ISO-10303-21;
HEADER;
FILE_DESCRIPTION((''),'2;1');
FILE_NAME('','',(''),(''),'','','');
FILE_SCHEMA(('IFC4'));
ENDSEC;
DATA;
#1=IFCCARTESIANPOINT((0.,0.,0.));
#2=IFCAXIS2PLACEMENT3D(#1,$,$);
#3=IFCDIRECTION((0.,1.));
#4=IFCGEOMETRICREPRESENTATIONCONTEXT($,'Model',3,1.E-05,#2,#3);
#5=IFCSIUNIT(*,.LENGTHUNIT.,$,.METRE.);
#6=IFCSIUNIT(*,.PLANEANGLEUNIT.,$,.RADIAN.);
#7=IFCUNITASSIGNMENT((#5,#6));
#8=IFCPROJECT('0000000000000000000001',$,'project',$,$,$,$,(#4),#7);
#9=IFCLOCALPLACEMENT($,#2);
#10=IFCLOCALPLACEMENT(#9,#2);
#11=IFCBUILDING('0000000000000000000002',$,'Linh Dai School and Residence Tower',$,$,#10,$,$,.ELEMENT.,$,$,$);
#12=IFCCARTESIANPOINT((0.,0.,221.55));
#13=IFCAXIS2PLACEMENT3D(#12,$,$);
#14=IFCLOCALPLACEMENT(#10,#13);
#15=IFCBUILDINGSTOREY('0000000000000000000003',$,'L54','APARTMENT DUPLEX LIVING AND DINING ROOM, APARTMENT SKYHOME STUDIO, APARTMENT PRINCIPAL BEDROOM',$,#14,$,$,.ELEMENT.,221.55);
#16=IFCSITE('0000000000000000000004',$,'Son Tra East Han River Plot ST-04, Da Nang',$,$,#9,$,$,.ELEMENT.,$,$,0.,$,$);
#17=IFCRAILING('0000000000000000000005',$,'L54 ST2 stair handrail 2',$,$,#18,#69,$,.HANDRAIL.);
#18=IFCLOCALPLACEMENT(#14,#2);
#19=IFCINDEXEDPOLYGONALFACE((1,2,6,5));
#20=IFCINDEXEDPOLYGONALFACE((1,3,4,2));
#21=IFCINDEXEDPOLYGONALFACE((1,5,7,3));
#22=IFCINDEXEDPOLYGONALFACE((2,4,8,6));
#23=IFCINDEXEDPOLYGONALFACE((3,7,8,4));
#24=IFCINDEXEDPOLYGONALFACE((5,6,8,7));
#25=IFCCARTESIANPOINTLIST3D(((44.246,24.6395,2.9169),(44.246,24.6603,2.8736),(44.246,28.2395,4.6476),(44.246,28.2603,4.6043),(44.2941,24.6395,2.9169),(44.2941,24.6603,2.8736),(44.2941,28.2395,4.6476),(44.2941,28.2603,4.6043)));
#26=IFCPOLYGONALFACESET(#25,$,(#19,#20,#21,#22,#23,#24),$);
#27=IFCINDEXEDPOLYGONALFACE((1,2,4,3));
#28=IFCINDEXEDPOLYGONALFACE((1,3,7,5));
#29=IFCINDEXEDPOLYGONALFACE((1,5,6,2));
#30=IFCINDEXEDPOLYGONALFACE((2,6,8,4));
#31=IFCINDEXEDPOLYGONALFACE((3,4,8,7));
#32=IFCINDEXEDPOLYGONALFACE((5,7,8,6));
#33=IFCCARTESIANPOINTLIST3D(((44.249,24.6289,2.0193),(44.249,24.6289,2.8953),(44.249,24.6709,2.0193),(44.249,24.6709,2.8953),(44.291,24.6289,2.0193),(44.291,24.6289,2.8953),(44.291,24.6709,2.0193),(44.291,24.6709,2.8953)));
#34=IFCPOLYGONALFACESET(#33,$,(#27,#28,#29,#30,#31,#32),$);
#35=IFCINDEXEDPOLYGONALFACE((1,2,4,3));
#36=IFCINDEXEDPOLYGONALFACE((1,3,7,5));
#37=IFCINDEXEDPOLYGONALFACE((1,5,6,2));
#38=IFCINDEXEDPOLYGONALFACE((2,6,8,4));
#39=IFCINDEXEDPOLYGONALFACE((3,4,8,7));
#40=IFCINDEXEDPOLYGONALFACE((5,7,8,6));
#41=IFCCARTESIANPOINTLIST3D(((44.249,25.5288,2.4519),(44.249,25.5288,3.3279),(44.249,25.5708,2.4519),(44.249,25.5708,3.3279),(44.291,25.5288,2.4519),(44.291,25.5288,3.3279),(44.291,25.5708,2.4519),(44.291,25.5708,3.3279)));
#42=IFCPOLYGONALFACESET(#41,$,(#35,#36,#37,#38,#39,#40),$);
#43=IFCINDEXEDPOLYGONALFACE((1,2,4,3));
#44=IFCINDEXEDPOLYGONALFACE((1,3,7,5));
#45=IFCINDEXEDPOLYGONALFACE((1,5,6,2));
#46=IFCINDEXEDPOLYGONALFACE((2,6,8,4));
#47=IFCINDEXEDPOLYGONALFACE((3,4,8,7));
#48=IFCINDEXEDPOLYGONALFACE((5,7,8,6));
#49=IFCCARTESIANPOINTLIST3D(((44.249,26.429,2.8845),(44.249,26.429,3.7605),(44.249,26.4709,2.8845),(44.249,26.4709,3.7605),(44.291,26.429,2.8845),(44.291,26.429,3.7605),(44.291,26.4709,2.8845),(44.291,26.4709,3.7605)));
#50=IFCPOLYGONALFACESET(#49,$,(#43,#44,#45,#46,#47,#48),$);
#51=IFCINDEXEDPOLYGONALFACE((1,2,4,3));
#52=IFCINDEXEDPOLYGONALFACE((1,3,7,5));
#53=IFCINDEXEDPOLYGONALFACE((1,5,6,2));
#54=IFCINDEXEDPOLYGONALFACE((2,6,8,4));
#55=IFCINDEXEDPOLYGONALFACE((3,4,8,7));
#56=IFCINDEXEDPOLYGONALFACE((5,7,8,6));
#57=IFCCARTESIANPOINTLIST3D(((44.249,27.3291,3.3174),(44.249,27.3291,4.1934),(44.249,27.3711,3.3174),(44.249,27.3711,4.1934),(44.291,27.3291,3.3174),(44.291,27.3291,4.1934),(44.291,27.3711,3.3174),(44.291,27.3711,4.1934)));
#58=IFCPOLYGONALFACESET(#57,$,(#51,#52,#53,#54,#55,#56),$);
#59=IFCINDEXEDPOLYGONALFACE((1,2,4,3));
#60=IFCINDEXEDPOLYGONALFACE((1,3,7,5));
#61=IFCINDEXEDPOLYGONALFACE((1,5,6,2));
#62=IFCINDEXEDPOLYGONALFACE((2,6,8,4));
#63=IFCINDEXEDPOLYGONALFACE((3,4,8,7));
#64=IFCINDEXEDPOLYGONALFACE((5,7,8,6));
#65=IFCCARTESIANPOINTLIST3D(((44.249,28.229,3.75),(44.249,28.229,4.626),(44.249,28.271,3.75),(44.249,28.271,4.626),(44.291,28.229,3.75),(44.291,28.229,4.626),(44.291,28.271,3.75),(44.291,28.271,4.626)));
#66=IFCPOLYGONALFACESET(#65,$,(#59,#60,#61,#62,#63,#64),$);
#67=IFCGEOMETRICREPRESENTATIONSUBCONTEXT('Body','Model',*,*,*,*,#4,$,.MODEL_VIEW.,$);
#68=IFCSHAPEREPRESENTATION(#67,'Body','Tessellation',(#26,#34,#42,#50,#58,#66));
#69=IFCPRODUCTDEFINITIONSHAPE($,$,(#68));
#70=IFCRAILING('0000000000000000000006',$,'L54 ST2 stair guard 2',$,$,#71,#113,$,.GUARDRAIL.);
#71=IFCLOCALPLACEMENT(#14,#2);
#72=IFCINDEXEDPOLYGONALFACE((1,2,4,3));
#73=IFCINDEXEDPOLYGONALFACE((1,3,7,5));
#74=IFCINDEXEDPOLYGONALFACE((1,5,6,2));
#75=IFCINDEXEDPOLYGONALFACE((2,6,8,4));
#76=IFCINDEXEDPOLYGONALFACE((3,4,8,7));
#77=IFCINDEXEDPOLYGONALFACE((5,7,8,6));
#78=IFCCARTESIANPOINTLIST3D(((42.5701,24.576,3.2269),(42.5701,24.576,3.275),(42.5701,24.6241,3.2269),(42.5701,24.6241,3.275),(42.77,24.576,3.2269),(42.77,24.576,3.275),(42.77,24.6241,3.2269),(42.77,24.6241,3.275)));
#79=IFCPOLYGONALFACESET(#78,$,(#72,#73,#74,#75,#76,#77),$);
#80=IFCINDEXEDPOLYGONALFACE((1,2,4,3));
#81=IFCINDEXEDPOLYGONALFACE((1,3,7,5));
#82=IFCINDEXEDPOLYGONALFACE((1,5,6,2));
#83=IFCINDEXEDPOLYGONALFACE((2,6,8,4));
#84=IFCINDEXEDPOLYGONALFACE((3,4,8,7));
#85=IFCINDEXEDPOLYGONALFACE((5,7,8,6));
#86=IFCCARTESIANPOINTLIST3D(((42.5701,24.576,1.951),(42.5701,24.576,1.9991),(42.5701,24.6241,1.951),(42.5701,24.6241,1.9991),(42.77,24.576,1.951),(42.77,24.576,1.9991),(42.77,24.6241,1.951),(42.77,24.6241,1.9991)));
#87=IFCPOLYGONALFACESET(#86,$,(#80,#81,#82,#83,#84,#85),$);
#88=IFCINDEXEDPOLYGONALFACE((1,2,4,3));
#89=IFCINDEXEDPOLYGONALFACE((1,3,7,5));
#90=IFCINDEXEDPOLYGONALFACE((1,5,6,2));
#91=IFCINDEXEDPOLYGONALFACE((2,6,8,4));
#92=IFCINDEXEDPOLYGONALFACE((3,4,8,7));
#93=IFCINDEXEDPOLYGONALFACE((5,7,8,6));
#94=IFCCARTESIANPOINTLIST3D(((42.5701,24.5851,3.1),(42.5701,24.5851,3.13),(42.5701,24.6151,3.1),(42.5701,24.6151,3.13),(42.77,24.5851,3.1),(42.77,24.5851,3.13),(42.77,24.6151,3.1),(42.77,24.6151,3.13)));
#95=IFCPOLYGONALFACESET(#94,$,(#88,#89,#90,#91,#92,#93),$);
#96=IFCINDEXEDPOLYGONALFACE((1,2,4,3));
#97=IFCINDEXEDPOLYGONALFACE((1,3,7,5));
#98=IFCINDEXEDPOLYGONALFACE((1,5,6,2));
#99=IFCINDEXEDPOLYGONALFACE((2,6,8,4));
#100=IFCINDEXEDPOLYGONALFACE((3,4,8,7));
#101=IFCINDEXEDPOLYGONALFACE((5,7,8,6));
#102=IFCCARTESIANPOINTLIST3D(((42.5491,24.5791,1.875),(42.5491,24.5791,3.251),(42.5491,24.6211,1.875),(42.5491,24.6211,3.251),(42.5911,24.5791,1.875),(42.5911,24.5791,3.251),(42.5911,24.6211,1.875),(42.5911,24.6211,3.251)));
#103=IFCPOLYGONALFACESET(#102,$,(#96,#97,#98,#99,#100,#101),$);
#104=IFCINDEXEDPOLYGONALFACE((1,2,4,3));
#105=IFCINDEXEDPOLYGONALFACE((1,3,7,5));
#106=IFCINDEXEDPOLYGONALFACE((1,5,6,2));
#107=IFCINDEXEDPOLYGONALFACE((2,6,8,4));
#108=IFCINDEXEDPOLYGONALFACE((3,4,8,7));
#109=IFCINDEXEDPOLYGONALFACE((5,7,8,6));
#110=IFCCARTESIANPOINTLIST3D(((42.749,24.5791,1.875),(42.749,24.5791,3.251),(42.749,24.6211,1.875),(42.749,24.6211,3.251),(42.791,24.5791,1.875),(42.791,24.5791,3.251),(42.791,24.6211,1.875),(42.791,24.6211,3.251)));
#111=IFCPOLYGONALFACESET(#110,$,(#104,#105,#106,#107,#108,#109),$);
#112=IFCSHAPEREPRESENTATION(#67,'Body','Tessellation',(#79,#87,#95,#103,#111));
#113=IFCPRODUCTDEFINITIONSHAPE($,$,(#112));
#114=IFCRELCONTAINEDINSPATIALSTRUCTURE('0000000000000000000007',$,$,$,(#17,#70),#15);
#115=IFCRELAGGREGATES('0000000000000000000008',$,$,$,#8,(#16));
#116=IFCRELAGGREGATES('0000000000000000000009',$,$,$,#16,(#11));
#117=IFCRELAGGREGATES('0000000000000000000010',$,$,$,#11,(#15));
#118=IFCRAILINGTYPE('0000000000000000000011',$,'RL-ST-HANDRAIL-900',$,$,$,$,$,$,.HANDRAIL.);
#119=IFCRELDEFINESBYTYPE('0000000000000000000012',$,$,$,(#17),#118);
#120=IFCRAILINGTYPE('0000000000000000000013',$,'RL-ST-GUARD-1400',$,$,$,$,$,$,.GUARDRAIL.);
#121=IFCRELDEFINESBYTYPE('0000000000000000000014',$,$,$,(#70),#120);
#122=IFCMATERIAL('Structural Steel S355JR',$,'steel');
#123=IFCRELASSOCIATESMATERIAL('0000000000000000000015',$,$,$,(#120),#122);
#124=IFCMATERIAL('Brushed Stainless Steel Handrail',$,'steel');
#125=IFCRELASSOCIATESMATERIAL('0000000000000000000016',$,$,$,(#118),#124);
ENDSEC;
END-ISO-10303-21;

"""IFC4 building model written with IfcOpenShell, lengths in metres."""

from ifc_helpers import new_model, si_unit, direction, frame, origin, origin_2d, place, context, subcontext, project, spatial, rectangle, extrude, source, transform, mapped, material, type_object, element, save


model = new_model("IFC4")

# Units and contexts
model_context = context("Model", 3, precision=1e-05, world=origin(), true_north=direction((0.0, 1.0)))
body_context = subcontext(model_context, "Body", "Model", "MODEL_VIEW")
ifc_project = project(units=[si_unit("LENGTHUNIT", "METRE"), si_unit("PLANEANGLEUNIT", "RADIAN")], contexts=[model_context])

# Site, building, storey
site_placement = place(None, origin())
site = spatial("IfcSite", under=ifc_project, at=site_placement, Name="Son Tra East Han River Plot ST-04, Da Nang", CompositionType="ELEMENT", RefElevation=0.0)
building_placement = place(site_placement, origin())
building = spatial("IfcBuilding", under=site, at=building_placement, Name="Linh Dai School and Residence Tower", CompositionType="ELEMENT")
storey_placement = place(building_placement, frame((0.0, 0.0, 221.55)))
storey = spatial("IfcBuildingStorey", under=building, at=storey_placement, Name="L54", Description="APARTMENT DUPLEX LIVING AND DINING ROOM, APARTMENT SKYHOME STUDIO, APARTMENT PRINCIPAL BEDROOM", CompositionType="ELEMENT", Elevation=221.55)

# Shared definitions
ifc_material_1 = material(Name="Structural Steel S355JR", Category="steel")

# Railings
railing_type_1 = type_object("IfcRailingType", Name="RL-ST-GUARD-1400", PredefinedType="GUARDRAIL", material=ifc_material_1)
ifc_material_2 = material(Name="Brushed Stainless Steel Handrail", Category="steel")
railing_type_2 = type_object("IfcRailingType", Name="RL-ST-HANDRAIL-900", PredefinedType="HANDRAIL", material=ifc_material_2)
shared_shape_1 = source(origin(), body_context, "Body", "SweptSolid", [
    extrude(rectangle(XDim=0.0481, YDim=0.0481, at=origin_2d()), frame((0.0, 0.0, 0.876), z_axis=(0.0, 0.901263, 0.433273), x_axis=(-1.0, 0.0, 0.0)), (0.0, 0.0, 1.0), 3.9944),
    extrude(rectangle(XDim=0.042, YDim=0.042, at=origin_2d()), origin(), (0.0, 0.0, 1.0), 0.876),
    extrude(rectangle(XDim=0.042, YDim=0.042, at=origin_2d()), frame((0.0, 0.8999, 0.4326)), (0.0, 0.0, 1.0), 0.876),
    extrude(rectangle(XDim=0.042, YDim=0.042, at=origin_2d()), frame((0.0, 1.8, 0.8652)), (0.0, 0.0, 1.0), 0.876),
    extrude(rectangle(XDim=0.042, YDim=0.042, at=origin_2d()), frame((0.0, 2.7002, 1.2981)), (0.0, 0.0, 1.0), 0.876),
    extrude(rectangle(XDim=0.042, YDim=0.042, at=origin_2d()), frame((0.0, 3.6001, 1.7307)), (0.0, 0.0, 1.0), 0.876),
])
railing_1_placement = place(storey_placement, frame((44.27, 24.6499, 2.0193)))
element("IfcRailing", 1, at=railing_1_placement, inside=storey, type_object=railing_type_2, Name="L54 ST2 stair handrail 2", PredefinedType="HANDRAIL", context=body_context, shape_type="MappedRepresentation", body=[
    mapped(shared_shape_1, transform((0.0, 0.0, 0.0), x_axis=(1.0, 0.0, 0.0), y_axis=(0.0, 1.0, 0.0), z_axis=(0.0, 0.0, 1.0), scale=1.0)),
])
shared_shape_2 = source(origin(), body_context, "Body", "SweptSolid", [
    extrude(rectangle(XDim=0.0481, YDim=0.0481, at=origin_2d()), frame((0.0, 0.0, 1.376), z_axis=(1.0, 0.0, 0.0), x_axis=(0.0, 1.0, 0.0)), (0.0, 0.0, 1.0), 0.2),
    extrude(rectangle(XDim=0.0481, YDim=0.0481, at=origin_2d()), frame((0.0, 0.0, 0.1001), z_axis=(1.0, 0.0, 0.0), x_axis=(0.0, 1.0, 0.0)), (0.0, 0.0, 1.0), 0.2),
    extrude(rectangle(XDim=0.03, YDim=0.03, at=origin_2d()), frame((0.0, 0.0, 1.24), z_axis=(1.0, 0.0, 0.0), x_axis=(0.0, 1.0, 0.0)), (0.0, 0.0, 1.0), 0.2),
    extrude(rectangle(XDim=0.042, YDim=0.042, at=origin_2d()), origin(), (0.0, 0.0, 1.0), 1.376),
    extrude(rectangle(XDim=0.042, YDim=0.042, at=origin_2d()), frame((0.2, 0.0, 0.0)), (0.0, 0.0, 1.0), 1.376),
])
railing_2_placement = place(storey_placement, frame((42.5701, 24.6001, 1.875)))
element("IfcRailing", 2, at=railing_2_placement, inside=storey, type_object=railing_type_1, Name="L54 ST2 stair guard 2", PredefinedType="GUARDRAIL", context=body_context, shape_type="MappedRepresentation", body=[
    mapped(shared_shape_2, transform((0.0, 0.0, 0.0), x_axis=(1.0, 0.0, 0.0), y_axis=(0.0, 1.0, 0.0), z_axis=(0.0, 0.0, 1.0), scale=1.0)),
])

save(model, "model.ifc")
